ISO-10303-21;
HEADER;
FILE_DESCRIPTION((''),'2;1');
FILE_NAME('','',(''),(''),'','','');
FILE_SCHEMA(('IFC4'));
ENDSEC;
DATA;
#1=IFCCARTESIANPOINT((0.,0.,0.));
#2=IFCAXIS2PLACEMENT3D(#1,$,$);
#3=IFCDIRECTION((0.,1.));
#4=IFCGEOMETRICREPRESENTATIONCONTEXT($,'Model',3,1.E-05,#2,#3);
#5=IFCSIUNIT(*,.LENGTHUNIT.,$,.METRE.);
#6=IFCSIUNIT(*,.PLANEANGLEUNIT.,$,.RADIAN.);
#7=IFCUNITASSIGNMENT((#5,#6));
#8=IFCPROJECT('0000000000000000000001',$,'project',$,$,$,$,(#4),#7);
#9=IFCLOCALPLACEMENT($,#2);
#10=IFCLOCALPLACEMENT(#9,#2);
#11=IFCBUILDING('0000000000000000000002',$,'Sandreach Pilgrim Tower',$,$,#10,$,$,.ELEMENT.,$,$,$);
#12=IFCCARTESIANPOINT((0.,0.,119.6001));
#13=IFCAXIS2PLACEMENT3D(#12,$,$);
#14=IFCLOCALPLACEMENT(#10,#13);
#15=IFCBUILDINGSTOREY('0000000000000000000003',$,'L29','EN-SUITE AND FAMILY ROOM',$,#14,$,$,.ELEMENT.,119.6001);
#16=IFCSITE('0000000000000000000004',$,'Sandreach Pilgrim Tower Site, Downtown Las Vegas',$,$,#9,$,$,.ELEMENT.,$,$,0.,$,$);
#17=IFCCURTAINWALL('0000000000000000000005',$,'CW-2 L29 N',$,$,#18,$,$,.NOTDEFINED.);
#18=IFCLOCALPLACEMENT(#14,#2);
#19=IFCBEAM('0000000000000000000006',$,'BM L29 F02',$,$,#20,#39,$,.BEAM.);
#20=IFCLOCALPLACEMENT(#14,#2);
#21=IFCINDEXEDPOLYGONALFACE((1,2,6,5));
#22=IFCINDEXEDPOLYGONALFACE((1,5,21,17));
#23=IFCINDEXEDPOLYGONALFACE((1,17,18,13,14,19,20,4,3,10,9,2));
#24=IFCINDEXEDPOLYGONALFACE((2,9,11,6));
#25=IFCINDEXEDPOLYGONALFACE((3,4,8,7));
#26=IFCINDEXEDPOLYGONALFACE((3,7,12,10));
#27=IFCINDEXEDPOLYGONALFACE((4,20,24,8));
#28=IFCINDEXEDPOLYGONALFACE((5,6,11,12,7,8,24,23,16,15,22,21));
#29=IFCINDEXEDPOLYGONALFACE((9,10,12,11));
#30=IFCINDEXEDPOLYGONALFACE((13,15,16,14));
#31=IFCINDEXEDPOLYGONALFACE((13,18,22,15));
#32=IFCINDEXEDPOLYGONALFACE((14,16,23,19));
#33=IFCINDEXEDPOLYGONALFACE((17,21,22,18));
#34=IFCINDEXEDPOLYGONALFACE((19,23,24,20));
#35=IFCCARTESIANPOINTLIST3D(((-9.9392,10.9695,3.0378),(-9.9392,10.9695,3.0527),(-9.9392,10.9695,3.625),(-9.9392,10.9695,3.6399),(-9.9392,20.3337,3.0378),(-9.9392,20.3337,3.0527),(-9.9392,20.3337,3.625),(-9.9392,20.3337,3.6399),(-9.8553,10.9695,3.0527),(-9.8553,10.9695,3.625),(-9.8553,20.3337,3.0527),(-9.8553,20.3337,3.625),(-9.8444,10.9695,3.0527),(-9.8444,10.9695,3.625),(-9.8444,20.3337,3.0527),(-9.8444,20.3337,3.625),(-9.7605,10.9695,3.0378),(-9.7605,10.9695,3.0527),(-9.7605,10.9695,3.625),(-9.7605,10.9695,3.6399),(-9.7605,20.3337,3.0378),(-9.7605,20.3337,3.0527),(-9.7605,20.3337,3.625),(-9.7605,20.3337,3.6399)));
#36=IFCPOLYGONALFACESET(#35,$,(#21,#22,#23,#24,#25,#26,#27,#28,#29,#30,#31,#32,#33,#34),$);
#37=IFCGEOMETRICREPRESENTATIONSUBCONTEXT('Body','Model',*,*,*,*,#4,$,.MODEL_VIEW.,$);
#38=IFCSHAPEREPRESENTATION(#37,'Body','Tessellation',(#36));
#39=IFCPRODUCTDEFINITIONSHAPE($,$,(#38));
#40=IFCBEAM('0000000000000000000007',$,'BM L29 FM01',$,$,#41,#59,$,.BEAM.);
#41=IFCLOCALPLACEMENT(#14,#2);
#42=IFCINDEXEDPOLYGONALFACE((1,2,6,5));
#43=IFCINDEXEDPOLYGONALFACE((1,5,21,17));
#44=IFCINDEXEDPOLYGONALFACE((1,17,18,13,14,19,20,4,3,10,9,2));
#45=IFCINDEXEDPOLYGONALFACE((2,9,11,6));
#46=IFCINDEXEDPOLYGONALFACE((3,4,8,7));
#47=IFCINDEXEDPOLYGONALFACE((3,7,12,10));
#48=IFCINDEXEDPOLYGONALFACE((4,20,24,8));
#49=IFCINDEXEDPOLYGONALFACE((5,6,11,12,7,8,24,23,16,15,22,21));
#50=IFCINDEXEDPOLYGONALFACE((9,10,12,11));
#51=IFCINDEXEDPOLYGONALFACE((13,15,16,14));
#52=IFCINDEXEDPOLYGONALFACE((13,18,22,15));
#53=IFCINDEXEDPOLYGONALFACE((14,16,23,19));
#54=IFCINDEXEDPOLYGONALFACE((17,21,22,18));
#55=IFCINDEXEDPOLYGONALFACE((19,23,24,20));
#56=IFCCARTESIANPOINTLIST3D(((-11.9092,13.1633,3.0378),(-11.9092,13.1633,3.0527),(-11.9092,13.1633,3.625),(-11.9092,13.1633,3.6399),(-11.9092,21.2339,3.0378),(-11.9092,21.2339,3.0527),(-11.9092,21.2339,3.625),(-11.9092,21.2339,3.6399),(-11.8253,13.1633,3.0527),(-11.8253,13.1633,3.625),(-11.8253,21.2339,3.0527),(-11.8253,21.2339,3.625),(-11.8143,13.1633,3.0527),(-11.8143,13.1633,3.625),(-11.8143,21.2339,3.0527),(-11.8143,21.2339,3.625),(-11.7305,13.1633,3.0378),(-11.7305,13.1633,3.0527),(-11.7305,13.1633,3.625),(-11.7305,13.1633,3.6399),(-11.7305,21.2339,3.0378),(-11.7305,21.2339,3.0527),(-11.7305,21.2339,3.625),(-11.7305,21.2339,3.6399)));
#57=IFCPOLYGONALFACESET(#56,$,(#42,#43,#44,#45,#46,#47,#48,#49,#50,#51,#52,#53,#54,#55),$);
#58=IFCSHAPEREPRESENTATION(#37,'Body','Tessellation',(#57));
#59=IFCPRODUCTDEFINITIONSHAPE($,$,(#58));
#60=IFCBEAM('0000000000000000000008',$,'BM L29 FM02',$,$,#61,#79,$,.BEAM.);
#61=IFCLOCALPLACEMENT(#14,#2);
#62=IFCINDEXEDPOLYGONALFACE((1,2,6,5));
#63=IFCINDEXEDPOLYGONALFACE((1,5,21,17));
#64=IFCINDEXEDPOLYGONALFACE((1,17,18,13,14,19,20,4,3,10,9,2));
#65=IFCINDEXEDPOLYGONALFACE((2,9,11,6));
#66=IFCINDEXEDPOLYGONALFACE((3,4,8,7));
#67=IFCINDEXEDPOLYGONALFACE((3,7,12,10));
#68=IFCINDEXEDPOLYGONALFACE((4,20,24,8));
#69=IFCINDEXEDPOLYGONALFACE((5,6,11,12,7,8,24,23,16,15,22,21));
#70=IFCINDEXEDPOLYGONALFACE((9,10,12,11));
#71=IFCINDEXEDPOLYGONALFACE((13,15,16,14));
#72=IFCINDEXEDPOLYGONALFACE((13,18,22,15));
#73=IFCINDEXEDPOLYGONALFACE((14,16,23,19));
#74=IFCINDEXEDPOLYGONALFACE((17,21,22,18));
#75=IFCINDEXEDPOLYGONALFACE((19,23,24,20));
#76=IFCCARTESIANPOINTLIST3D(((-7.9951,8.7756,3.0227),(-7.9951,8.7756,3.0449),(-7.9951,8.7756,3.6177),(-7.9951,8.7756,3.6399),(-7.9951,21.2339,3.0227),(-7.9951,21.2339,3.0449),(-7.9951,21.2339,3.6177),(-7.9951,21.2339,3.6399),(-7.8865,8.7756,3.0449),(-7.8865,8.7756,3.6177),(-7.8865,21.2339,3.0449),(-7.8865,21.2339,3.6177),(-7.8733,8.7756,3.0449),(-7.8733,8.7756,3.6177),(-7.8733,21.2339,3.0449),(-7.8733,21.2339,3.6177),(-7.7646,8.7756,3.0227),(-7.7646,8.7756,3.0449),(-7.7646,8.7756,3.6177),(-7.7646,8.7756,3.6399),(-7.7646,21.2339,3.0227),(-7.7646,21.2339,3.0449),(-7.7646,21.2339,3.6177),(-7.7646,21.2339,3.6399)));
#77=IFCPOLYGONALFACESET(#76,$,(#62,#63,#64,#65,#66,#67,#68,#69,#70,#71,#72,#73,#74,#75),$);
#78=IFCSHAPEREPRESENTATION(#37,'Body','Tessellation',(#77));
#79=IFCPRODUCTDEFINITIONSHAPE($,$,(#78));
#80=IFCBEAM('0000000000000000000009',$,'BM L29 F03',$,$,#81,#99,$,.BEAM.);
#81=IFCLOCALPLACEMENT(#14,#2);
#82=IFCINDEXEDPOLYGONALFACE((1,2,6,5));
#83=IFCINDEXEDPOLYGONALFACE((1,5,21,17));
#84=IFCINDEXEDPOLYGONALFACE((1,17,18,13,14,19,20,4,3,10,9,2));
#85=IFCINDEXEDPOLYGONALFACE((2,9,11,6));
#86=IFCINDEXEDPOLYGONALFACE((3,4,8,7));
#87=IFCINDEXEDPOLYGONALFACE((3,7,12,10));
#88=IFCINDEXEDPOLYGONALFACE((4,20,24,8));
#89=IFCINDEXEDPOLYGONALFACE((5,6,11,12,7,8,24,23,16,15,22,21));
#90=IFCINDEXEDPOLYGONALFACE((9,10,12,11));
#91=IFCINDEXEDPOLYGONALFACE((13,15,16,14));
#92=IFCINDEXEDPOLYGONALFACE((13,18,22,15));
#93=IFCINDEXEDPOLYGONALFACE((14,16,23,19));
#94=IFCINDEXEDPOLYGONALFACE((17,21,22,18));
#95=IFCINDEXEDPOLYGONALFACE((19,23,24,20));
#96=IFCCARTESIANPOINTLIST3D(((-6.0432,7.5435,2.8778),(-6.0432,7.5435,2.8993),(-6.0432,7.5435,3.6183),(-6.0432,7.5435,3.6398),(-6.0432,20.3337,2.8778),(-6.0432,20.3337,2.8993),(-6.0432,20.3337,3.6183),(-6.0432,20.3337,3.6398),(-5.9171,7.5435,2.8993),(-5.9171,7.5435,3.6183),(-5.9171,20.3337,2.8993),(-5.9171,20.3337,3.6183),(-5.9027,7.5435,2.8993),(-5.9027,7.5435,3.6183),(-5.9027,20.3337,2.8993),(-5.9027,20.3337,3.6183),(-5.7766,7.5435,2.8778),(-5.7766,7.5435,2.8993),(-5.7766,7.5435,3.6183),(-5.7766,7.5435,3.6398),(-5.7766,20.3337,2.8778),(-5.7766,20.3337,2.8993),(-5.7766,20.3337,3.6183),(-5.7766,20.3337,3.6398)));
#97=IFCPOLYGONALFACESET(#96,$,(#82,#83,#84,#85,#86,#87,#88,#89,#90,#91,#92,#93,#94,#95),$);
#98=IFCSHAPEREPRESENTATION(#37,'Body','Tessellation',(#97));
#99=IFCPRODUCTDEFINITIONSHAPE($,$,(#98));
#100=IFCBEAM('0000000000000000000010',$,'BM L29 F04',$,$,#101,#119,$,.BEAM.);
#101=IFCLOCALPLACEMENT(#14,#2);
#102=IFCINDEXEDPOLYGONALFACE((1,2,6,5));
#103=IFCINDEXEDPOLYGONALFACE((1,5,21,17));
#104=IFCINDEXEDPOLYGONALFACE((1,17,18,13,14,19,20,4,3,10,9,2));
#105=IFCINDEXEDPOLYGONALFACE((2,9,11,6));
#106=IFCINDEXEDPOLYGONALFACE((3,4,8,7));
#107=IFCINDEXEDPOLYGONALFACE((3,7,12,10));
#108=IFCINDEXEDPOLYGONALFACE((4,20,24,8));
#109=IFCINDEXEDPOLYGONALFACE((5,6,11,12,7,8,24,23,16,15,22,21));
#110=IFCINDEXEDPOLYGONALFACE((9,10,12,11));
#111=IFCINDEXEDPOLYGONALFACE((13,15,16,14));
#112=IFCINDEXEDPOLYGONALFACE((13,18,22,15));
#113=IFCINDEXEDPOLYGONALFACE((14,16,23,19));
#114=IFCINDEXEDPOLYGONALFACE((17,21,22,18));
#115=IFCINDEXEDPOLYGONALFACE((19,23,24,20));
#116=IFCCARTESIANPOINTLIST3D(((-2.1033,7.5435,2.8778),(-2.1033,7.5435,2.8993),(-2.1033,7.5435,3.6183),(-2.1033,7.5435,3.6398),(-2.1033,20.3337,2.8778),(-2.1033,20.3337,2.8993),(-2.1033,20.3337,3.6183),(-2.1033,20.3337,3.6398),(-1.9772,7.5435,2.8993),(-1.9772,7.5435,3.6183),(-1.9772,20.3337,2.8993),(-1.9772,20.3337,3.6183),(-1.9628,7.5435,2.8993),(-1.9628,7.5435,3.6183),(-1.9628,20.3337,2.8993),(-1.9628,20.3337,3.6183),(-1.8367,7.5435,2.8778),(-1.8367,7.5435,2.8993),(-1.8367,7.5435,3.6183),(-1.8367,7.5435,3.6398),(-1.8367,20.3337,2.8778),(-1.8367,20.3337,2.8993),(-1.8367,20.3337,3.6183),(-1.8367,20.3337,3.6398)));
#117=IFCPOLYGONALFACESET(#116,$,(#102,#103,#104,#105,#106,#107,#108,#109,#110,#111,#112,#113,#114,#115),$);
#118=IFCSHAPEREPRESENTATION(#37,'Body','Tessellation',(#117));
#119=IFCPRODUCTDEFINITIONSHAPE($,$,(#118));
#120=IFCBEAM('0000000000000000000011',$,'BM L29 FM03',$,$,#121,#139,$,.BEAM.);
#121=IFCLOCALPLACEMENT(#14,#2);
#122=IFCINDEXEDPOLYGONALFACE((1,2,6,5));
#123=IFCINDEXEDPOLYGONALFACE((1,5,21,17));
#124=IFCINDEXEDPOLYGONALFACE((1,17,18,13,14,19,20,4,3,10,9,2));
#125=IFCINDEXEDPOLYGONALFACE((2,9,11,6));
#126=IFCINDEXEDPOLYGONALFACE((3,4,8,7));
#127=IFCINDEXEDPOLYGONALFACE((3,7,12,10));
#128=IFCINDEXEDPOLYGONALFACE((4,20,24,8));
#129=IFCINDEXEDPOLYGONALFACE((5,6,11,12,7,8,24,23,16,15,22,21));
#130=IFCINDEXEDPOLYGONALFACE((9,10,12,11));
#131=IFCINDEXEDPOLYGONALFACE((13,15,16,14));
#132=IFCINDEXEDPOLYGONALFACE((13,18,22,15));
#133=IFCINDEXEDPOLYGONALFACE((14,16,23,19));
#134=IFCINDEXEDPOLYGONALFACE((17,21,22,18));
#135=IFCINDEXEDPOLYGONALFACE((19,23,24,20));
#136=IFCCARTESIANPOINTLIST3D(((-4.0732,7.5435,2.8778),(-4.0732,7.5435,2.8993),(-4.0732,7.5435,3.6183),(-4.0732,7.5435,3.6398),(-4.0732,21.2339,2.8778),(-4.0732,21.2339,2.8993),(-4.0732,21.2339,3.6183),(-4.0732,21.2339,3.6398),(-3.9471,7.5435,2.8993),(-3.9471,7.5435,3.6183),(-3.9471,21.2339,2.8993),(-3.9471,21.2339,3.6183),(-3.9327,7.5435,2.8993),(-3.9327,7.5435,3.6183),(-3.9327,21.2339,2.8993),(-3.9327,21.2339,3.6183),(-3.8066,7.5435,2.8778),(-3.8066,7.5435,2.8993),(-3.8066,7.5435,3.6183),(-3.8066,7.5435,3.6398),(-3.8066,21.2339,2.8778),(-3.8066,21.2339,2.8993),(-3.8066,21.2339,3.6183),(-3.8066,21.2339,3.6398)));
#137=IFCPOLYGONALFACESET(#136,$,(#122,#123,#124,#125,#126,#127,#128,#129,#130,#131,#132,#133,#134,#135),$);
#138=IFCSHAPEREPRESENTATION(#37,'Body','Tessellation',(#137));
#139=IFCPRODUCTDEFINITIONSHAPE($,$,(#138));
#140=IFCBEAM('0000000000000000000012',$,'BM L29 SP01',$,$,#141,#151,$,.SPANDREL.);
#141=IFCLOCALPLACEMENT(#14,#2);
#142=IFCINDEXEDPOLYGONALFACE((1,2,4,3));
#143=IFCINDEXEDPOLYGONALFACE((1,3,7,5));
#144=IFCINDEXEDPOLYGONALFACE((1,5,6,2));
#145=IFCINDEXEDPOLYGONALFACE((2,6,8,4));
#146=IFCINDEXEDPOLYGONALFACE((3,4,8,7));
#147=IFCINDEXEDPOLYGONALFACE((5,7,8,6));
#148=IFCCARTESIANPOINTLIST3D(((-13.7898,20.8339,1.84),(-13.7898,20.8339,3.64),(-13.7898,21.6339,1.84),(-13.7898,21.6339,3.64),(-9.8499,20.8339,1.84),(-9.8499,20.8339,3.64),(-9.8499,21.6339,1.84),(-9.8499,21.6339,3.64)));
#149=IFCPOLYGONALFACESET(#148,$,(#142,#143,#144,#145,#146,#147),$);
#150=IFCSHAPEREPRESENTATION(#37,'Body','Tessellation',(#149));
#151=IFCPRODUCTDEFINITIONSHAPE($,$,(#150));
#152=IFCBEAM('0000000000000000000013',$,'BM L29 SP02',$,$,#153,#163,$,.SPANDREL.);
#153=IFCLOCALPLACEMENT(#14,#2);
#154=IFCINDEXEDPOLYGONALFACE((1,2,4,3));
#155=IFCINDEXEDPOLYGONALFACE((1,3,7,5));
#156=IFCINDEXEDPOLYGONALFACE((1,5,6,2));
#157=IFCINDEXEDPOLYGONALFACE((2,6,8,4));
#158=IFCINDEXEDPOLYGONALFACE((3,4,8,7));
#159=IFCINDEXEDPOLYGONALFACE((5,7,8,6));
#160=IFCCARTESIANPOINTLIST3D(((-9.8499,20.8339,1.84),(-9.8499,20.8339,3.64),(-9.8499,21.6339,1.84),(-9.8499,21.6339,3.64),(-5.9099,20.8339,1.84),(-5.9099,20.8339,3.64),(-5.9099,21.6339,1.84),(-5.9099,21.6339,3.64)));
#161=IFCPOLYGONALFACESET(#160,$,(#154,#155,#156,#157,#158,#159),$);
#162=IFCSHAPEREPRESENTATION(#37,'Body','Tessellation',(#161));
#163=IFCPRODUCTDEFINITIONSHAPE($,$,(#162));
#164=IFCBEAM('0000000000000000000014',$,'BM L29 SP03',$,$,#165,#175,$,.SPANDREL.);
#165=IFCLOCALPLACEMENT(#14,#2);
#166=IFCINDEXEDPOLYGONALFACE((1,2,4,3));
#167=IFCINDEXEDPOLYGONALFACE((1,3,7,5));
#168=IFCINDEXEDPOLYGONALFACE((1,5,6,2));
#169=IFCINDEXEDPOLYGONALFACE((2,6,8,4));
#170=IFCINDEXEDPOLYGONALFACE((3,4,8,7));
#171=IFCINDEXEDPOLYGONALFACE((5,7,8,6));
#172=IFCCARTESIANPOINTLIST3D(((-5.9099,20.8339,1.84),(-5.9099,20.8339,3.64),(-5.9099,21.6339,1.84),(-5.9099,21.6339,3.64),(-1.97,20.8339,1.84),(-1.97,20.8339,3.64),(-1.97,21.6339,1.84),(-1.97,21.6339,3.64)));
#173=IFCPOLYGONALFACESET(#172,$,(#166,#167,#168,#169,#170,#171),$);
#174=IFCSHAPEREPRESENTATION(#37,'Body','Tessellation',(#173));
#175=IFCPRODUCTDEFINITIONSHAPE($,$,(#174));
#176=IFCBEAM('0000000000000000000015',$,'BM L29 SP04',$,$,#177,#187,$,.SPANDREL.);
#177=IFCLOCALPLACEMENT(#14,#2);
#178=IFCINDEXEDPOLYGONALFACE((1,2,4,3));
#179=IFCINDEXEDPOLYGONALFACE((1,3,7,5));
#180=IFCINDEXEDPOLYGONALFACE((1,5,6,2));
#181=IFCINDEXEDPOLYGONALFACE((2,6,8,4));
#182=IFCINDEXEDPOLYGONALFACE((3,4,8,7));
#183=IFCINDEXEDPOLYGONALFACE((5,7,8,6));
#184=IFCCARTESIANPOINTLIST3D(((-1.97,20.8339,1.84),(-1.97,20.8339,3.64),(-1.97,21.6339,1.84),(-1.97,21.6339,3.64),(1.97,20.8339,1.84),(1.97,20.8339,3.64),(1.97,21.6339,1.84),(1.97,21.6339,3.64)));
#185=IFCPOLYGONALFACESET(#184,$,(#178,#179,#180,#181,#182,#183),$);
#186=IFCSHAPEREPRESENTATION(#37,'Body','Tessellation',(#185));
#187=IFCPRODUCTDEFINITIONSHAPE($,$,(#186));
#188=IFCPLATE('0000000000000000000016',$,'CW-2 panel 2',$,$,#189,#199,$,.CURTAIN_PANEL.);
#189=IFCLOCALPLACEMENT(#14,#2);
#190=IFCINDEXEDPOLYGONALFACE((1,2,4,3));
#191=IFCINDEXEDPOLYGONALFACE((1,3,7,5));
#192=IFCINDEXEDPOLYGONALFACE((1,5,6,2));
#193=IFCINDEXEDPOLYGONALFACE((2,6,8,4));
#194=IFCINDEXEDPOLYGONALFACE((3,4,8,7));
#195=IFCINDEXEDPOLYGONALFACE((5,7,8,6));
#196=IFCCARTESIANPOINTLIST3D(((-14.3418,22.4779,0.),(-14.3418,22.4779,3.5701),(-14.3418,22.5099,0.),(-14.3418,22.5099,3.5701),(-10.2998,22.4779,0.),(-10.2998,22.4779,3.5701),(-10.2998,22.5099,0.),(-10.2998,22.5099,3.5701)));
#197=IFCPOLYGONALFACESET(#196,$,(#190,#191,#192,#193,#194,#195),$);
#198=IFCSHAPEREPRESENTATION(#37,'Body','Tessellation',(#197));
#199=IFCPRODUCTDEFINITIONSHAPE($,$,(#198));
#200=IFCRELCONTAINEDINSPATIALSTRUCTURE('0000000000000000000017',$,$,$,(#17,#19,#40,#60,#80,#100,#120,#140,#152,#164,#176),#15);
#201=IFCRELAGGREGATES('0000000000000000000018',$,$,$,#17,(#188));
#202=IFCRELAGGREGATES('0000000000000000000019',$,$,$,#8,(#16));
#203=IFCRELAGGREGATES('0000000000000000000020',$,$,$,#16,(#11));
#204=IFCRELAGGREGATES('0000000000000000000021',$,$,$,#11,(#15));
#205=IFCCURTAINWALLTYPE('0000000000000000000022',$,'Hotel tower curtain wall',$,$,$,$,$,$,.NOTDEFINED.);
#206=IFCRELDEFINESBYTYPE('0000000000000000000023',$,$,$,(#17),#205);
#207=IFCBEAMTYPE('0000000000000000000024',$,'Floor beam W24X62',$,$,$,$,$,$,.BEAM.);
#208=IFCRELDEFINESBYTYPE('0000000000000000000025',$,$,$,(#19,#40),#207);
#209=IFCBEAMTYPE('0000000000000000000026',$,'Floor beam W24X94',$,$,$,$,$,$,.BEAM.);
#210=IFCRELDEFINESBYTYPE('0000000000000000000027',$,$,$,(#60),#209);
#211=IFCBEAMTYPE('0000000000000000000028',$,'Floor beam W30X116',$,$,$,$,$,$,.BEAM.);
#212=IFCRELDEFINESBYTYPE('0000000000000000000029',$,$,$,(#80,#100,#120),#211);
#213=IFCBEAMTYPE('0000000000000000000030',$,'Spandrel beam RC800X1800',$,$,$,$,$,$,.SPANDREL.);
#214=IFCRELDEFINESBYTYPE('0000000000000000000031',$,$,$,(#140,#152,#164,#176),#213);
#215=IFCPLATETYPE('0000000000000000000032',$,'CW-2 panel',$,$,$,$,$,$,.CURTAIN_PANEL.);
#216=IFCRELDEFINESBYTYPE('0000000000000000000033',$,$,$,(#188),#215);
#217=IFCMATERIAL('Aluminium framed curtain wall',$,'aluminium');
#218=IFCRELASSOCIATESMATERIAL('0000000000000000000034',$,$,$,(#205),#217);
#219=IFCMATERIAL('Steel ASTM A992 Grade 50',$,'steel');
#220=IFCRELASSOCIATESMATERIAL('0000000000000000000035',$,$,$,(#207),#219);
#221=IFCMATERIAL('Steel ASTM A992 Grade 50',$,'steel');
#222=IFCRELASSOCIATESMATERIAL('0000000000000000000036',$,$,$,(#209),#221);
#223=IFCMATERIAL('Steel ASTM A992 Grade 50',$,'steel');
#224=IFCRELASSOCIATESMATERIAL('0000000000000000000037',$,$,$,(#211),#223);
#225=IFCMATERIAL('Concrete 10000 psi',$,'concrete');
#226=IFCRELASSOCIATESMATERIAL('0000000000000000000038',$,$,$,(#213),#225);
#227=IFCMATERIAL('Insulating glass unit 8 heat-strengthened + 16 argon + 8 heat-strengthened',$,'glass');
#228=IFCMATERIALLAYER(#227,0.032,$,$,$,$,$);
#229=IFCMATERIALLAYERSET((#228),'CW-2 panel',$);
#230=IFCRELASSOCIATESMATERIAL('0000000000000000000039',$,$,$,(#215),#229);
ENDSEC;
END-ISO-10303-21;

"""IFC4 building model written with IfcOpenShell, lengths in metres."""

from ifc_helpers import new_model, si_unit, direction, frame, origin, origin_2d, place, context, subcontext, project, spatial, rectangle, i_section, extrude, material, layer, layer_set, material_profile, profile_set, type_object, element, aggregate, save


model = new_model("IFC4")

# Units and contexts
model_context = context("Model", 3, precision=1e-05, world=origin(), true_north=direction((0.0, 1.0)))
body_context = subcontext(model_context, "Body", "Model", "MODEL_VIEW")
ifc_project = project(units=[si_unit("LENGTHUNIT", "METRE"), si_unit("PLANEANGLEUNIT", "RADIAN")], contexts=[model_context])

# Site, building, storey
site_placement = place(None, origin())
site = spatial("IfcSite", under=ifc_project, at=site_placement, Name="Sandreach Pilgrim Tower Site, Downtown Las Vegas", CompositionType="ELEMENT", RefElevation=0.0)
building_placement = place(site_placement, origin())
building = spatial("IfcBuilding", under=site, at=building_placement, Name="Sandreach Pilgrim Tower", CompositionType="ELEMENT")
storey_placement = place(building_placement, frame((0.0, 0.0, 119.6001)))
storey = spatial("IfcBuildingStorey", under=building, at=storey_placement, Name="L29", Description="EN-SUITE AND FAMILY ROOM", CompositionType="ELEMENT", Elevation=119.6001)

# Curtain wall
ifc_material_1 = material(Name="Aluminium framed curtain wall", Category="aluminium")
curtain_wall_type = type_object("IfcCurtainWallType", Name="Hotel tower curtain wall", PredefinedType="NOTDEFINED", material=ifc_material_1)
curtain_wall_placement = place(storey_placement, origin())
curtain_wall = element("IfcCurtainWall", 1, at=curtain_wall_placement, inside=storey, type_object=curtain_wall_type, Name="CW-2 L29 N", PredefinedType="NOTDEFINED")

# Beams
ifc_material_2 = material(Name="Steel ASTM A992 Grade 50", Category="steel")
ifc_material_profile_1 = material_profile(ifc_material_2, i_section(OverallWidth=0.1787, OverallDepth=0.6021, WebThickness=0.011, FlangeThickness=0.0149, at=origin_2d()), Name="W24X62")
ifc_profile_set_1 = profile_set([ifc_material_profile_1], Name="Steel ASTM A992 Grade 50")
beam_type_1 = type_object("IfcBeamType", Name="Floor beam W24X62", PredefinedType="BEAM", material=ifc_profile_set_1)
beam_1_placement = place(storey_placement, frame((-9.8499, 20.3337, 3.3389), z_axis=(0.0, -1.0, 0.0), x_axis=(1.0, 0.0, 0.0)))
element("IfcBeam", 2, at=beam_1_placement, inside=storey, type_object=beam_type_1, Name="BM L29 F02", PredefinedType="BEAM", context=body_context, shape_type="SweptSolid", body=[
    extrude(i_section(OverallWidth=0.1787, OverallDepth=0.6021, WebThickness=0.011, FlangeThickness=0.0149, at=origin_2d()), origin(), (0.0, 0.0, 1.0), 9.3643),
])
beam_2_placement = place(storey_placement, frame((-11.8198, 21.2339, 3.3389), z_axis=(0.0, -1.0, 0.0), x_axis=(1.0, 0.0, 0.0)))
element("IfcBeam", 3, at=beam_2_placement, inside=storey, type_object=beam_type_1, Name="BM L29 FM01", PredefinedType="BEAM", context=body_context, shape_type="SweptSolid", body=[
    extrude(i_section(OverallWidth=0.1787, OverallDepth=0.6021, WebThickness=0.011, FlangeThickness=0.0149, at=origin_2d()), origin(), (0.0, 0.0, 1.0), 8.0706),
])
ifc_material_3 = material(Name="Steel ASTM A992 Grade 50", Category="steel")
ifc_material_profile_2 = material_profile(ifc_material_3, i_section(OverallWidth=0.2305, OverallDepth=0.6172, WebThickness=0.0132, FlangeThickness=0.0222, at=origin_2d()), Name="W24X94")
ifc_profile_set_2 = profile_set([ifc_material_profile_2], Name="Steel ASTM A992 Grade 50")
beam_type_2 = type_object("IfcBeamType", Name="Floor beam W24X94", PredefinedType="BEAM", material=ifc_profile_set_2)
beam_3_placement = place(storey_placement, frame((-7.8799, 21.2339, 3.3313), z_axis=(0.0, -1.0, 0.0), x_axis=(1.0, 0.0, 0.0)))
element("IfcBeam", 4, at=beam_3_placement, inside=storey, type_object=beam_type_2, Name="BM L29 FM02", PredefinedType="BEAM", context=body_context, shape_type="SweptSolid", body=[
    extrude(i_section(OverallWidth=0.2305, OverallDepth=0.6172, WebThickness=0.0132, FlangeThickness=0.0222, at=origin_2d()), origin(), (0.0, 0.0, 1.0), 12.4583),
])
ifc_material_4 = material(Name="Steel ASTM A992 Grade 50", Category="steel")
ifc_material_profile_3 = material_profile(ifc_material_4, i_section(OverallWidth=0.2666, OverallDepth=0.762, WebThickness=0.0144, FlangeThickness=0.0215, at=origin_2d()), Name="W30X116")
ifc_profile_set_3 = profile_set([ifc_material_profile_3], Name="Steel ASTM A992 Grade 50")
beam_type_3 = type_object("IfcBeamType", Name="Floor beam W30X116", PredefinedType="BEAM", material=ifc_profile_set_3)
for number, where, z_axis, x_axis, name in (
    (5, (-5.9099, 20.3337, 3.2588), (0.0, -1.0, 0.0), (1.0, 0.0, 0.0), "BM L29 F03"),
    (6, (-1.97, 20.3337, 3.2588), (0.0, -1.0, 0.0), (1.0, 0.0, 0.0), "BM L29 F04"),
):
    element("IfcBeam", number, at=place(storey_placement, frame(where, z_axis=z_axis, x_axis=x_axis)), inside=storey, type_object=beam_type_3, Name=name, PredefinedType="BEAM", context=body_context, shape_type="SweptSolid", body=[
        extrude(i_section(OverallWidth=0.2666, OverallDepth=0.762, WebThickness=0.0144, FlangeThickness=0.0215, at=origin_2d()), origin(), (0.0, 0.0, 1.0), 12.7903),
    ])
beam_4_placement = place(storey_placement, frame((-3.9399, 21.2339, 3.2588), z_axis=(0.0, -1.0, 0.0), x_axis=(1.0, 0.0, 0.0)))
element("IfcBeam", 7, at=beam_4_placement, inside=storey, type_object=beam_type_3, Name="BM L29 FM03", PredefinedType="BEAM", context=body_context, shape_type="SweptSolid", body=[
    extrude(i_section(OverallWidth=0.2666, OverallDepth=0.762, WebThickness=0.0144, FlangeThickness=0.0215, at=origin_2d()), origin(), (0.0, 0.0, 1.0), 13.6904),
])
ifc_material_5 = material(Name="Concrete 10000 psi", Category="concrete")
ifc_material_profile_4 = material_profile(ifc_material_5, rectangle(XDim=0.8, YDim=1.8, at=origin_2d()), Name="RC800X1800")
ifc_profile_set_4 = profile_set([ifc_material_profile_4], Name="Concrete 10000 psi")
beam_type_4 = type_object("IfcBeamType", Name="Spandrel beam RC800X1800", PredefinedType="SPANDREL", material=ifc_profile_set_4)
for number, where, z_axis, x_axis, name in (
    (8, (-13.7898, 21.2339, 2.74), (1.0, 0.0, 0.0), (0.0, 1.0, 0.0), "BM L29 SP01"),
    (9, (-9.8499, 21.2339, 2.74), (1.0, 0.0, 0.0), (0.0, 1.0, 0.0), "BM L29 SP02"),
    (10, (-5.9099, 21.2339, 2.74), (1.0, 0.0, 0.0), (0.0, 1.0, 0.0), "BM L29 SP03"),
    (11, (-1.97, 21.2339, 2.74), (1.0, 0.0, 0.0), (0.0, 1.0, 0.0), "BM L29 SP04"),
):
    element("IfcBeam", number, at=place(storey_placement, frame(where, z_axis=z_axis, x_axis=x_axis)), inside=storey, type_object=beam_type_4, Name=name, PredefinedType="SPANDREL", context=body_context, shape_type="SweptSolid", body=[
        extrude(rectangle(XDim=0.8, YDim=1.8, at=origin_2d()), origin(), (0.0, 0.0, 1.0), 3.9399),
    ])

# Plate
ifc_material_6 = material(Name="Insulating glass unit 8 heat-strengthened + 16 argon + 8 heat-strengthened", Category="glass")
ifc_layer_1 = layer(ifc_material_6, 0.032)
ifc_layer_set_1 = layer_set([ifc_layer_1], Name="CW-2 panel")
plate_type = type_object("IfcPlateType", Name="CW-2 panel", PredefinedType="CURTAIN_PANEL", material=ifc_layer_set_1)
plate_1_placement = place(storey_placement, frame((-12.3208, 22.4939, 0.0), z_axis=(0.0, 0.0, 1.0), x_axis=(1.0, 0.0, 0.0)))
plate_1 = element("IfcPlate", 12, at=plate_1_placement, type_object=plate_type, Name="CW-2 panel 2", PredefinedType="CURTAIN_PANEL", context=body_context, shape_type="SweptSolid", body=[
    extrude(rectangle(XDim=4.042, YDim=0.032, at=origin_2d()), origin(), (0.0, 0.0, 1.0), 3.5701),
])
aggregate(curtain_wall, [plate_1])

save(model, "model.ifc")
